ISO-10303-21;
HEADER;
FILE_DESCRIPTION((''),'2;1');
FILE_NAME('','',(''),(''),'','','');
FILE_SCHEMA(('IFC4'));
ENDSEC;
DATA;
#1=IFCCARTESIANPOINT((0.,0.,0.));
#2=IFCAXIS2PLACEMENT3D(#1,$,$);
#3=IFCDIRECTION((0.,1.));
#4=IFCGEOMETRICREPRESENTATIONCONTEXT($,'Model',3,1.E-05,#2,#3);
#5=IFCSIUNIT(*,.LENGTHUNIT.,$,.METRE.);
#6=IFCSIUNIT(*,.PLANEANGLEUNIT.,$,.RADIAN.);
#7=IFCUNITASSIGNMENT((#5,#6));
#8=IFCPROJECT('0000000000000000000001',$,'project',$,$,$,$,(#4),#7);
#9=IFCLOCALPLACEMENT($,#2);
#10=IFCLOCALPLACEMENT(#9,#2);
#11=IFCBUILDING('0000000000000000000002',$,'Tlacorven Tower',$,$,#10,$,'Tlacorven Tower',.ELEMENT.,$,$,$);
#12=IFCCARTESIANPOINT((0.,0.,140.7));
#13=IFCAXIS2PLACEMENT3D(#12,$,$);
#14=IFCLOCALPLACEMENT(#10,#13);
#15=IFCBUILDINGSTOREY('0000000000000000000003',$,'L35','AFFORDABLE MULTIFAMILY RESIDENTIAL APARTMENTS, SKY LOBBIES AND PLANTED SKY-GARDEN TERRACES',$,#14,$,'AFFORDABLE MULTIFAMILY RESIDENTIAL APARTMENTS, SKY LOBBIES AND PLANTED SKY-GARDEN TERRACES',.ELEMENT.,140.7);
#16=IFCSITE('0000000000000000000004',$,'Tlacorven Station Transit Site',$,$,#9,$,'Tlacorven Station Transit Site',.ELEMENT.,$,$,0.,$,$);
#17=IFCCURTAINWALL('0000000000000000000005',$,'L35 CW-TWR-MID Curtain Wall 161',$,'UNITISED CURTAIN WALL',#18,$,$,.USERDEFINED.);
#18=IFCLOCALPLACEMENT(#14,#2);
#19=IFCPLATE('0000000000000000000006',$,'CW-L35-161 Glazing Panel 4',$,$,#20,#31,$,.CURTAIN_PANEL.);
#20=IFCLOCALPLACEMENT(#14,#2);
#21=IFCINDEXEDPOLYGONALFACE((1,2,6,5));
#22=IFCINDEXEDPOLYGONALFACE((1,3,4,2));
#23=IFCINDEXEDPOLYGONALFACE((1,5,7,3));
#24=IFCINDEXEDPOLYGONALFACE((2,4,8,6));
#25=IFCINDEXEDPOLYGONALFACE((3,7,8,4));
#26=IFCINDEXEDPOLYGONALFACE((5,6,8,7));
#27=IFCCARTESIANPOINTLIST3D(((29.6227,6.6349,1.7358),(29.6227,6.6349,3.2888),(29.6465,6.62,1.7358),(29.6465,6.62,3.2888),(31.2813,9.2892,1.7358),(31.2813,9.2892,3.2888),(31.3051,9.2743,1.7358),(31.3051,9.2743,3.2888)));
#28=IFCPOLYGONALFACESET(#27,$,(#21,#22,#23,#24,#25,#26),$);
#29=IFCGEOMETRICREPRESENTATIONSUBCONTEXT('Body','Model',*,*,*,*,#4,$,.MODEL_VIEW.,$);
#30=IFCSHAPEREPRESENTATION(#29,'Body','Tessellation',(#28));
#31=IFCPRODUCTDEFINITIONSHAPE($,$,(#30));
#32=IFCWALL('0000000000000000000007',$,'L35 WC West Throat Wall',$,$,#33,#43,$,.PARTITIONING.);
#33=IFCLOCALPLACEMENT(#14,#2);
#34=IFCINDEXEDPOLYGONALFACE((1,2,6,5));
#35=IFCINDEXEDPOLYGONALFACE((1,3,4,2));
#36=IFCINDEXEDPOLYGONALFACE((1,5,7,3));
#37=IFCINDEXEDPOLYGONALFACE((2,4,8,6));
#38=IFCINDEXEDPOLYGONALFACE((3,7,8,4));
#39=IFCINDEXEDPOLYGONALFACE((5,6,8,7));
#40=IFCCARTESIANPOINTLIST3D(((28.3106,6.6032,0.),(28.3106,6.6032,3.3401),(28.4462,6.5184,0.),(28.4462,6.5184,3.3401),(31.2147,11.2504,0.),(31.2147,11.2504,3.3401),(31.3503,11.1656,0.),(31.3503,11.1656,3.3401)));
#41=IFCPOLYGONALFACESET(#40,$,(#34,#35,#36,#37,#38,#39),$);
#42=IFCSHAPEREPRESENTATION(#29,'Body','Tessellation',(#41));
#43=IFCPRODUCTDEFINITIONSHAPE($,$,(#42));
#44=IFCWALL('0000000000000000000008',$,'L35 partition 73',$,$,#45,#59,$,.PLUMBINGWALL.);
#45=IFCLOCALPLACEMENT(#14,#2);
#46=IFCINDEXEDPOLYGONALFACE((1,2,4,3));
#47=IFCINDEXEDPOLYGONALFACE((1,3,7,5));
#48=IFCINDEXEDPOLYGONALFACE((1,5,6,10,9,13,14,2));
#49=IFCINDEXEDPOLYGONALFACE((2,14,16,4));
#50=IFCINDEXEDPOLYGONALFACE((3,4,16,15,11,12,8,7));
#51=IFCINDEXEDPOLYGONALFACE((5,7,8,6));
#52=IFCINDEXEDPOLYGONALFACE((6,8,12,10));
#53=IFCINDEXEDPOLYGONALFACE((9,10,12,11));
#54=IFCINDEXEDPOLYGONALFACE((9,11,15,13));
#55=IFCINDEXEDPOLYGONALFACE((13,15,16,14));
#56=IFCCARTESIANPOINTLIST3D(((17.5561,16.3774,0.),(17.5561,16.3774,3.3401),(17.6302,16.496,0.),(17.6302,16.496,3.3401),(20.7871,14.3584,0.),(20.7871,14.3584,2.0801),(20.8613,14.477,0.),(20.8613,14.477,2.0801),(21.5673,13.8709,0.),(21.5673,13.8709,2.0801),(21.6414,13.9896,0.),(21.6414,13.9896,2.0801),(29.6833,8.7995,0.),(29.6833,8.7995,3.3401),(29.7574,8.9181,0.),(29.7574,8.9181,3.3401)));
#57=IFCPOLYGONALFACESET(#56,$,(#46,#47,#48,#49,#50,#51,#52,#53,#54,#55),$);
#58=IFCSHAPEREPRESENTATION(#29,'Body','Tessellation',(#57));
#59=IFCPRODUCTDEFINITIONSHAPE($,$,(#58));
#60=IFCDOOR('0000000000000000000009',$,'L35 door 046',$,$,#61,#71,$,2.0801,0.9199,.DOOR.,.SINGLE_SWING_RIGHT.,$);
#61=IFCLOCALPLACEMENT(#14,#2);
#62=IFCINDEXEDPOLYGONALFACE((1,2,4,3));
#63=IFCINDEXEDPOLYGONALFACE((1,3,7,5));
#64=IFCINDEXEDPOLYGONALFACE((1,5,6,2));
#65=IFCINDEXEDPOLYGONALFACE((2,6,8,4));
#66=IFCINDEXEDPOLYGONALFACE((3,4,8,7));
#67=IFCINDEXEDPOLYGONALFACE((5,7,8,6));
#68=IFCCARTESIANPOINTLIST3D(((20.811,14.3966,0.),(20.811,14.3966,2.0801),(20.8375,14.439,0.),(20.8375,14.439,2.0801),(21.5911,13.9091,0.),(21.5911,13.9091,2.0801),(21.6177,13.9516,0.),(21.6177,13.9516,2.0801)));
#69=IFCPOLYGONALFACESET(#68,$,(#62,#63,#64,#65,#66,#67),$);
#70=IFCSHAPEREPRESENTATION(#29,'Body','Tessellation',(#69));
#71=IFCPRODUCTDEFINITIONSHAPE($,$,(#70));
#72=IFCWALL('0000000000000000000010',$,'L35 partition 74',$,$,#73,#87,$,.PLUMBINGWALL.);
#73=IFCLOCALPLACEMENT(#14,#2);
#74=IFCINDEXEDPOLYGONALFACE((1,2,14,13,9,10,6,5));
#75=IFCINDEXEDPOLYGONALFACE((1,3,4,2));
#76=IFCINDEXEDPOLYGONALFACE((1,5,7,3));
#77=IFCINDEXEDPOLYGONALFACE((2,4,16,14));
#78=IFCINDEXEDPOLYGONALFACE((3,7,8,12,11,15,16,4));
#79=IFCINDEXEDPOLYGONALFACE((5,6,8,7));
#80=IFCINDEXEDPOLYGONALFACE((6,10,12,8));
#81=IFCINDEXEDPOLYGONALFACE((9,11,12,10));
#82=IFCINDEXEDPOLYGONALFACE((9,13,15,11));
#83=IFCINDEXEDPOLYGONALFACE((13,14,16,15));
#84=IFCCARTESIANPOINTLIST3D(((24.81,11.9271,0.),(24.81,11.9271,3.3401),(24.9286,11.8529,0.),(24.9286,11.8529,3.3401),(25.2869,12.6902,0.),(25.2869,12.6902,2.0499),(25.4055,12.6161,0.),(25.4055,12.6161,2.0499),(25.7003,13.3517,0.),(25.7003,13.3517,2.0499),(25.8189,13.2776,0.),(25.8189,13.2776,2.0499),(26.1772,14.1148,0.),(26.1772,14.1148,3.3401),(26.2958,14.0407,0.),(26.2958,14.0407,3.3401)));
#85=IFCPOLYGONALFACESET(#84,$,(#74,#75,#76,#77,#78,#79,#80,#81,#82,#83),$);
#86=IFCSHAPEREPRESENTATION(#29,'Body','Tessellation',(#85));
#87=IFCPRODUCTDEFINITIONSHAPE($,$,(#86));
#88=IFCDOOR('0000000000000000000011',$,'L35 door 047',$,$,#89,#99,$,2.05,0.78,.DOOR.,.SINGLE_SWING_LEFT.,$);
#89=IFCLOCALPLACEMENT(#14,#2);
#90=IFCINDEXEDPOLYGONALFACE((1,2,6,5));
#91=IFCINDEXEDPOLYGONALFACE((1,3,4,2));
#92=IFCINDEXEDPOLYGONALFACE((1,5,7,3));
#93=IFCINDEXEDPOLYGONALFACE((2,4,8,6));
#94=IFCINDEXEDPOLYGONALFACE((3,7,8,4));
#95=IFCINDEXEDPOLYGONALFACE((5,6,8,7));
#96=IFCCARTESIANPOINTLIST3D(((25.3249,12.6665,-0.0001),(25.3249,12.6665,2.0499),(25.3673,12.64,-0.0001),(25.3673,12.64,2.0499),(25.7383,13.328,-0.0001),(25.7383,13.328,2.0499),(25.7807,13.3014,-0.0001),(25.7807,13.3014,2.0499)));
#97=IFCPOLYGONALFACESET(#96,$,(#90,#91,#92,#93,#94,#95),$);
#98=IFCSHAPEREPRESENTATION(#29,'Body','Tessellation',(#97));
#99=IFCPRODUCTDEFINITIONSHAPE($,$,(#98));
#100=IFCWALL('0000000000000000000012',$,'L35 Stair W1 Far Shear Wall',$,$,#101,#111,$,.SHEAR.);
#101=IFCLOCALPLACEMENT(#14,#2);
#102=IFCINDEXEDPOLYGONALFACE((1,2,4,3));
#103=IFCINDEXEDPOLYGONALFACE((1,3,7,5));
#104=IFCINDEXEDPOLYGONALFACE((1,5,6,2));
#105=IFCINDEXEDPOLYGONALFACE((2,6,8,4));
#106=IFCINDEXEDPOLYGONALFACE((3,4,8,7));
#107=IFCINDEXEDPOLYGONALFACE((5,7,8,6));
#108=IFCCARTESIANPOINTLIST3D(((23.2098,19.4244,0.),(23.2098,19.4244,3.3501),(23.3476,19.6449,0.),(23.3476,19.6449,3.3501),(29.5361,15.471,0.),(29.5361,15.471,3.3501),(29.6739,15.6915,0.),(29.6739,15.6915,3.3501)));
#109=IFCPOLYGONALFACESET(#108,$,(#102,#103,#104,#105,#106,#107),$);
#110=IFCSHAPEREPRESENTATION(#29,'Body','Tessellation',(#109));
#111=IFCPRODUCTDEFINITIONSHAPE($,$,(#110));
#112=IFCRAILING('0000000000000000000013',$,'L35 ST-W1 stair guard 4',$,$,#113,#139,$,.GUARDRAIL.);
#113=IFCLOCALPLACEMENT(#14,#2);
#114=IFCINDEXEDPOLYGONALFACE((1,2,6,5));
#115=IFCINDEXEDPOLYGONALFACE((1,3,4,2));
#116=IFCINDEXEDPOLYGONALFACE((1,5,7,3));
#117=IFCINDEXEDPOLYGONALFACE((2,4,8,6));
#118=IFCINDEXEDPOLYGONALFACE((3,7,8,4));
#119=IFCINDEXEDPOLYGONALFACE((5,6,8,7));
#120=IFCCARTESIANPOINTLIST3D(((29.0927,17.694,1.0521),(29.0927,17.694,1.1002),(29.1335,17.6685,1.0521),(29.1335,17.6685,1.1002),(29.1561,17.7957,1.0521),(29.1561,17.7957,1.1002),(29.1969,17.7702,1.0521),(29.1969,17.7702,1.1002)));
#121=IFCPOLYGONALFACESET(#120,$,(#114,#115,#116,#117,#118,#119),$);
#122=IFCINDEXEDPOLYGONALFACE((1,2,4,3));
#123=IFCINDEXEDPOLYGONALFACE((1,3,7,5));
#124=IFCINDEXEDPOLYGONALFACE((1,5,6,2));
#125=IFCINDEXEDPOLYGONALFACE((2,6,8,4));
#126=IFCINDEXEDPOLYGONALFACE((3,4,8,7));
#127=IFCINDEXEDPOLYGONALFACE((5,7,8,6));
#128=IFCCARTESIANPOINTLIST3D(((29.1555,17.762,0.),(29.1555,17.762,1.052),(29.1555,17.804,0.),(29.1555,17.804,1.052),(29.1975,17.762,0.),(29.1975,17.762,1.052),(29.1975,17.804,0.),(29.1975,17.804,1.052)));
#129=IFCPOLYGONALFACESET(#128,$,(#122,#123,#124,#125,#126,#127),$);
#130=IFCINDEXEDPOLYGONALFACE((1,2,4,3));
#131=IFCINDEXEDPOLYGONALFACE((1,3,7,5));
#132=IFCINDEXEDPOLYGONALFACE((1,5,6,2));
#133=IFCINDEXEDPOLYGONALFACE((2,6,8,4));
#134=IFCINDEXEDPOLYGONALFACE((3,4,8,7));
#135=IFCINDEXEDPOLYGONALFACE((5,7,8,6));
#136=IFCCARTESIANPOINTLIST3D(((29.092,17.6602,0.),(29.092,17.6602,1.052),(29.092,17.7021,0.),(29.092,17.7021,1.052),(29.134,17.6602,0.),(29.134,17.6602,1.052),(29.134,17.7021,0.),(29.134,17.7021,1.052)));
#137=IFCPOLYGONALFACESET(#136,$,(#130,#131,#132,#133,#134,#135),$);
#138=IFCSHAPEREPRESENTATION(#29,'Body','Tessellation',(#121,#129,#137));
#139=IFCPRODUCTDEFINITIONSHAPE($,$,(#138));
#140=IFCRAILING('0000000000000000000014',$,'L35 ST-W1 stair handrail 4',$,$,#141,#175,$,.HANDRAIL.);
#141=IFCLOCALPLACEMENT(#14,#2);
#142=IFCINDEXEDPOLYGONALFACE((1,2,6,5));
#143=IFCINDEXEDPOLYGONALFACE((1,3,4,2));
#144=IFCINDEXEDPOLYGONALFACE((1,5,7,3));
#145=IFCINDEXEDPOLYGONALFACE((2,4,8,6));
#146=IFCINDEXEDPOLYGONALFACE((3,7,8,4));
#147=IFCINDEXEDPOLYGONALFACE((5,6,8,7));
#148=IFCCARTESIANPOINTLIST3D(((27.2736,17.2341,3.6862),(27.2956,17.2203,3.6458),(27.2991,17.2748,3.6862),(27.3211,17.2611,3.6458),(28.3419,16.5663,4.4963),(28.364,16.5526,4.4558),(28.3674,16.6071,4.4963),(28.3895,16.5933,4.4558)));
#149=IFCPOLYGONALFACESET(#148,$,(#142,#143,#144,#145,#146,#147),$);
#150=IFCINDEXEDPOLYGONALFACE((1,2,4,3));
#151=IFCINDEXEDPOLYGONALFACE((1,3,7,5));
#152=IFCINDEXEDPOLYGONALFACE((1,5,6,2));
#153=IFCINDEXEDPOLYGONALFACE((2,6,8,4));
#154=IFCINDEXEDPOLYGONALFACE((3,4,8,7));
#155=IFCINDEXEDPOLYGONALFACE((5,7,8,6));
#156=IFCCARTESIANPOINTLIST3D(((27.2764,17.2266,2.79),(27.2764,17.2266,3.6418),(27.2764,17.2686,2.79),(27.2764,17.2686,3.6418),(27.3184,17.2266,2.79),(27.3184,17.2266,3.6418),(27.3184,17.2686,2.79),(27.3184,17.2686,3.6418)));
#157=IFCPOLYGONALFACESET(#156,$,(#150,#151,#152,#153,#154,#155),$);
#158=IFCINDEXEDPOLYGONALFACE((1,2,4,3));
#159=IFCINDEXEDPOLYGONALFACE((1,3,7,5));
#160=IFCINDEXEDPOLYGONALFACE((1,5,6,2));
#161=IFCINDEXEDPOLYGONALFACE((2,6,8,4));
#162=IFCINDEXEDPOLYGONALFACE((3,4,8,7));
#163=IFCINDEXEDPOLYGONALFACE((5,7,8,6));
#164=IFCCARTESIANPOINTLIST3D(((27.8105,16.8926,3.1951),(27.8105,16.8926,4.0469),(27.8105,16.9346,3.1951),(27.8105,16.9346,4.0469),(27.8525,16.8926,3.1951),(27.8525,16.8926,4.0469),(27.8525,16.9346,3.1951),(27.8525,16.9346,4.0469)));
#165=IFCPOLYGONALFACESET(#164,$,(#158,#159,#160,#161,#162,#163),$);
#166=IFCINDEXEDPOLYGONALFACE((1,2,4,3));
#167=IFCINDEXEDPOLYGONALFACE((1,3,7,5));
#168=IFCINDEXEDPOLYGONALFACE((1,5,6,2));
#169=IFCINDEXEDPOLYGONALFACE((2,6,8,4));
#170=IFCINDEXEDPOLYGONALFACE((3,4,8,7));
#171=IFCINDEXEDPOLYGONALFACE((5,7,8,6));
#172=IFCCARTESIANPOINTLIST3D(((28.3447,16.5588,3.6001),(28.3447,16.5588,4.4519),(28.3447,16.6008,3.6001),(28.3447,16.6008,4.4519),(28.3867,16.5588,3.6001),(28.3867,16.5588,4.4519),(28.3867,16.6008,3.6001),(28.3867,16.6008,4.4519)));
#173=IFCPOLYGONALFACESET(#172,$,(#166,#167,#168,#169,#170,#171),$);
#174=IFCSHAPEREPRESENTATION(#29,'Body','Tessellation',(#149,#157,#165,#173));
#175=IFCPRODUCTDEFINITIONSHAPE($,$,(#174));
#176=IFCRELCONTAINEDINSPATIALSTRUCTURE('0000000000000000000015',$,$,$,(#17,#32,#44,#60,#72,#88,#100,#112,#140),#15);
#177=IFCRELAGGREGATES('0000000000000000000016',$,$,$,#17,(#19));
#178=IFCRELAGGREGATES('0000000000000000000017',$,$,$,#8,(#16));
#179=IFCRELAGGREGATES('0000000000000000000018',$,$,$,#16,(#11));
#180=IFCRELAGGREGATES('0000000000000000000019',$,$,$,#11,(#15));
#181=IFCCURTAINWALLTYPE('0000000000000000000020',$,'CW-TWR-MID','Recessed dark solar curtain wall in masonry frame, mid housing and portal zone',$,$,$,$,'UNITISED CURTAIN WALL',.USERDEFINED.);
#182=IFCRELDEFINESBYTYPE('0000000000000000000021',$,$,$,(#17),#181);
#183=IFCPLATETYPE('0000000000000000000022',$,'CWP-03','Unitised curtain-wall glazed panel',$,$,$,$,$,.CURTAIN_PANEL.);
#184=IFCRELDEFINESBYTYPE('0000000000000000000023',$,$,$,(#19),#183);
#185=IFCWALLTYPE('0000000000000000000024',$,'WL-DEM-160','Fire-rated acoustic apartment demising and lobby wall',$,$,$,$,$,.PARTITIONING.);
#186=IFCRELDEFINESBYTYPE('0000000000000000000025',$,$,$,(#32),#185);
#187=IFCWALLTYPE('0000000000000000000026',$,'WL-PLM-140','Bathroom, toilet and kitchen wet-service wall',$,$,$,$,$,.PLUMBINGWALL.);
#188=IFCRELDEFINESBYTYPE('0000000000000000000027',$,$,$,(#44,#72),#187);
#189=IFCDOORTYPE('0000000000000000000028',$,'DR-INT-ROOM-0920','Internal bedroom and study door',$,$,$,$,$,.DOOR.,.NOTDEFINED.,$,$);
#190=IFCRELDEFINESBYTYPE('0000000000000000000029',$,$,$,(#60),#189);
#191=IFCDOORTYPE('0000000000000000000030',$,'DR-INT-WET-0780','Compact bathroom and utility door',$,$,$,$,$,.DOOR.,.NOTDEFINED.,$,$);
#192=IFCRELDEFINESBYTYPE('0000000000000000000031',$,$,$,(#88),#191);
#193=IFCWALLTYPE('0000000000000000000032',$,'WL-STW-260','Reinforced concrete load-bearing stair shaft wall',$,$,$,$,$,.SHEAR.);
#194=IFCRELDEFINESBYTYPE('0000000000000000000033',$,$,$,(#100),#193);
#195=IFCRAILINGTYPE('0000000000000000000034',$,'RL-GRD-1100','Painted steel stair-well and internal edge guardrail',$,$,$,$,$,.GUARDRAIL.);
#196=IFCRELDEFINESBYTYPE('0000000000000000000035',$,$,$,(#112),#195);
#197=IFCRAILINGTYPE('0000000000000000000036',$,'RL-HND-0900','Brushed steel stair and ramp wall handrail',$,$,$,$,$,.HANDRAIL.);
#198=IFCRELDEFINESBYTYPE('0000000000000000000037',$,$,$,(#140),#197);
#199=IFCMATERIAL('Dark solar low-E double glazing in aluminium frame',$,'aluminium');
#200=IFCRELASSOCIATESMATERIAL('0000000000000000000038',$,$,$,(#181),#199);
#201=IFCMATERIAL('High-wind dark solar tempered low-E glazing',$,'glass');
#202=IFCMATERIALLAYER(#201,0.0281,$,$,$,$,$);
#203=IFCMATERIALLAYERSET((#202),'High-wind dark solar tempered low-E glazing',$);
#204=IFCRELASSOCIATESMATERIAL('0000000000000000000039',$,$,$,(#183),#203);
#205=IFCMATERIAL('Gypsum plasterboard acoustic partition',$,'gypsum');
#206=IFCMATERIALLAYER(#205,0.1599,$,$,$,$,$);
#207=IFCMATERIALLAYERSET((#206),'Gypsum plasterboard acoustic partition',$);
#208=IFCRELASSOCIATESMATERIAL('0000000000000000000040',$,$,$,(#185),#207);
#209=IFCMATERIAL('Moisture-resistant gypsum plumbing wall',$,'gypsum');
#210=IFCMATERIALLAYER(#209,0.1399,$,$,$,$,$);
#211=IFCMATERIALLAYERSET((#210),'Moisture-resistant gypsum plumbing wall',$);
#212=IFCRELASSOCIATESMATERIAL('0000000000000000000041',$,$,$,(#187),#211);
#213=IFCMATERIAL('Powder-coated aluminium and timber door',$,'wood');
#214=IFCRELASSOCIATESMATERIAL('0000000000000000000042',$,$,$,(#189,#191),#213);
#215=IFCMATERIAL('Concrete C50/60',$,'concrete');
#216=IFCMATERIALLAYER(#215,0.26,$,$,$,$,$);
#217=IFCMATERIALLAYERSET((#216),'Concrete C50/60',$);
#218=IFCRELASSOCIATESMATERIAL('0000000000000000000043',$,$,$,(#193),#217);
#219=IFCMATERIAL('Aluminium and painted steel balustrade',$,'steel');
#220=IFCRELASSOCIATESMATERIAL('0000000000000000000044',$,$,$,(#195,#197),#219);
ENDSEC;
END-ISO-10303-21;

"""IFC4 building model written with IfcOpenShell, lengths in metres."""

from ifc_helpers import new_model, si_unit, direction, frame, frame_2d, origin, origin_2d, place, context, subcontext, project, spatial, rectangle, extrude, source, transform, mapped, material, layer, layer_set, type_object, element, fill, aggregate, save


model = new_model("IFC4")

# Units and contexts
model_context = context("Model", 3, precision=1e-05, world=origin(), true_north=direction((0.0, 1.0)))
body_context = subcontext(model_context, "Body", "Model", "MODEL_VIEW")
ifc_project = project(units=[si_unit("LENGTHUNIT", "METRE"), si_unit("PLANEANGLEUNIT", "RADIAN")], contexts=[model_context])

# Site, building, storey
site_placement = place(None, origin())
site = spatial("IfcSite", under=ifc_project, at=site_placement, Name="Tlacorven Station Transit Site", LongName="Tlacorven Station Transit Site", CompositionType="ELEMENT", RefElevation=0.0)
building_placement = place(site_placement, origin())
building = spatial("IfcBuilding", under=site, at=building_placement, Name="Tlacorven Tower", LongName="Tlacorven Tower", CompositionType="ELEMENT")
storey_placement = place(building_placement, frame((0.0, 0.0, 140.7)))
storey = spatial("IfcBuildingStorey", under=building, at=storey_placement, Name="L35", Description="AFFORDABLE MULTIFAMILY RESIDENTIAL APARTMENTS, SKY LOBBIES AND PLANTED SKY-GARDEN TERRACES", LongName="AFFORDABLE MULTIFAMILY RESIDENTIAL APARTMENTS, SKY LOBBIES AND PLANTED SKY-GARDEN TERRACES", CompositionType="ELEMENT", Elevation=140.7)

# Curtain wall, plate
ifc_material_1 = material(Name="Dark solar low-E double glazing in aluminium frame", Category="aluminium")
curtain_wall_type = type_object("IfcCurtainWallType", Name="CW-TWR-MID", Description="Recessed dark solar curtain wall in masonry frame, mid housing and portal zone", ElementType="UNITISED CURTAIN WALL", PredefinedType="USERDEFINED", material=ifc_material_1)
curtain_wall_placement = place(storey_placement, origin())
curtain_wall = element("IfcCurtainWall", 1, at=curtain_wall_placement, inside=storey, type_object=curtain_wall_type, Name="L35 CW-TWR-MID Curtain Wall 161", ObjectType="UNITISED CURTAIN WALL", PredefinedType="USERDEFINED")
ifc_material_2 = material(Name="High-wind dark solar tempered low-E glazing", Category="glass")
ifc_layer_1 = layer(ifc_material_2, 0.0281)
ifc_layer_set_1 = layer_set([ifc_layer_1], Name="High-wind dark solar tempered low-E glazing")
plate_type = type_object("IfcPlateType", Name="CWP-03", Description="Unitised curtain-wall glazed panel", PredefinedType="CURTAIN_PANEL", material=ifc_layer_set_1)
shared_shape_1 = source(origin(), body_context, "Body", "SweptSolid", [
    extrude(rectangle(XDim=3.1299, YDim=0.0281, at=origin_2d()), origin(), (0.0, 0.0, 1.0), 1.553),
])
plate_1_placement = place(storey_placement, frame((30.4639, 7.9546, 1.7358), z_axis=(0.0, 0.0, 1.0), x_axis=(-0.529919, -0.848048, 0.0)))
plate_1 = element("IfcPlate", 2, at=plate_1_placement, type_object=plate_type, Name="CW-L35-161 Glazing Panel 4", PredefinedType="CURTAIN_PANEL", context=body_context, shape_type="MappedRepresentation", body=[
    mapped(shared_shape_1, transform((0.0, 0.0, 0.0), scale=1.0)),
])
aggregate(curtain_wall, [plate_1])

# Wall
ifc_material_3 = material(Name="Gypsum plasterboard acoustic partition", Category="gypsum")
ifc_layer_2 = layer(ifc_material_3, 0.1599)
ifc_layer_set_2 = layer_set([ifc_layer_2], Name="Gypsum plasterboard acoustic partition")
wall_type_1 = type_object("IfcWallType", Name="WL-DEM-160", Description="Fire-rated acoustic apartment demising and lobby wall", PredefinedType="PARTITIONING", material=ifc_layer_set_2)
wall_1_placement = place(storey_placement, frame((31.2825, 11.208, 0.0), z_axis=(0.0, 0.0, 1.0), x_axis=(-0.529939, -0.848036, 0.0)))
element("IfcWall", 3, at=wall_1_placement, inside=storey, type_object=wall_type_1, Name="L35 WC West Throat Wall", PredefinedType="PARTITIONING", context=body_context, shape_type="SweptSolid", body=[
    extrude(rectangle(XDim=5.48, YDim=0.1599, at=frame_2d((2.74, 0.0))), origin(), (0.0, 0.0, 1.0), 3.3401),
])

# Shared definitions
ifc_material_4 = material(Name="Powder-coated aluminium and timber door", Category="wood")

# Walls, openings, doors
ifc_material_5 = material(Name="Moisture-resistant gypsum plumbing wall", Category="gypsum")
ifc_layer_3 = layer(ifc_material_5, 0.1399)
ifc_layer_set_3 = layer_set([ifc_layer_3], Name="Moisture-resistant gypsum plumbing wall")
wall_type_2 = type_object("IfcWallType", Name="WL-PLM-140", Description="Bathroom, toilet and kitchen wet-service wall", PredefinedType="PLUMBINGWALL", material=ifc_layer_set_3)
wall_2_placement = place(storey_placement, frame((29.7202, 8.8589, 0.0), z_axis=(0.0, 0.0, 1.0), x_axis=(-0.848049, 0.529918, 0.0)))
wall_2 = element("IfcWall", 4, at=wall_2_placement, inside=storey, type_object=wall_type_2, Name="L35 partition 73", PredefinedType="PLUMBINGWALL", context=body_context, shape_type="SweptSolid", body=[
    extrude(rectangle(XDim=14.3, YDim=0.1399, at=frame_2d((7.1499, 0.0))), origin(), (0.0, 0.0, 1.0), 3.3401),
])
opening_1_placement = place(wall_2_placement, frame((9.5701, 0.0, 0.0)))
opening_1 = element("IfcOpeningElement", 5, at=opening_1_placement, cuts=wall_2, PredefinedType="OPENING", context=body_context, shape_type="SweptSolid", body=[
    extrude(rectangle(XDim=0.9199, YDim=2.0801, at=frame_2d((0.46, 1.04))), frame((0.0, 0.0801, 0.0), z_axis=(0.0, -1.0, 0.0), x_axis=(1.0, 0.0, 0.0)), (0.0, 0.0, 1.0), 0.1599),
])
door_type_1 = type_object("IfcDoorType", Name="DR-INT-ROOM-0920", Description="Internal bedroom and study door", OperationType="NOTDEFINED", PredefinedType="DOOR", material=ifc_material_4)
shared_shape_2 = source(origin(), body_context, "Body", "SweptSolid", [
    extrude(rectangle(XDim=0.9199, YDim=2.0801, at=frame_2d((0.46, 1.04))), frame((0.0, 0.0249, 0.0), z_axis=(0.0, -1.0, 0.0), x_axis=(1.0, 0.0, 0.0)), (0.0, 0.0, 1.0), 0.05),
])
door_1_placement = place(opening_1_placement, origin())
door_1 = element("IfcDoor", 6, at=door_1_placement, inside=storey, type_object=door_type_1, Name="L35 door 046", OperationType="SINGLE_SWING_RIGHT", OverallHeight=2.0801, OverallWidth=0.9199, PredefinedType="DOOR", context=body_context, shape_type="MappedRepresentation", body=[
    mapped(shared_shape_2, transform((0.0, 0.0, 0.0), scale=1.0)),
])
fill(opening_1, door_1)
wall_3_placement = place(storey_placement, frame((26.2366, 14.0779, 0.0), z_axis=(0.0, 0.0, 1.0), x_axis=(-0.529956, -0.848025, 0.0)))
wall_3 = element("IfcWall", 7, at=wall_3_placement, inside=storey, type_object=wall_type_2, Name="L35 partition 74", PredefinedType="PLUMBINGWALL", context=body_context, shape_type="SweptSolid", body=[
    extrude(rectangle(XDim=2.5798, YDim=0.1399, at=frame_2d((1.29, 0.0))), origin(), (0.0, 0.0, 1.0), 3.3401),
])
opening_2_placement = place(wall_3_placement, frame((0.8999, 0.0, 0.0)))
opening_2 = element("IfcOpeningElement", 8, at=opening_2_placement, cuts=wall_3, PredefinedType="OPENING", context=body_context, shape_type="SweptSolid", body=[
    extrude(rectangle(XDim=0.78, YDim=2.05, at=frame_2d((0.3901, 1.0249))), frame((0.0, 0.0801, 0.0), z_axis=(0.0, -1.0, 0.0), x_axis=(1.0, 0.0, 0.0)), (0.0, 0.0, 1.0), 0.1599),
])
door_type_2 = type_object("IfcDoorType", Name="DR-INT-WET-0780", Description="Compact bathroom and utility door", OperationType="NOTDEFINED", PredefinedType="DOOR", material=ifc_material_4)
shared_shape_3 = source(origin(), body_context, "Body", "SweptSolid", [
    extrude(rectangle(XDim=0.78, YDim=2.05, at=frame_2d((0.3901, 1.0249))), frame((0.0, 0.0249, 0.0), z_axis=(0.0, -1.0, 0.0), x_axis=(1.0, 0.0, 0.0)), (0.0, 0.0, 1.0), 0.05),
])
door_2_placement = place(opening_2_placement, origin())
door_2 = element("IfcDoor", 9, at=door_2_placement, inside=storey, type_object=door_type_2, Name="L35 door 047", OperationType="SINGLE_SWING_LEFT", OverallHeight=2.05, OverallWidth=0.78, PredefinedType="DOOR", context=body_context, shape_type="MappedRepresentation", body=[
    mapped(shared_shape_3, transform((0.0, 0.0, 0.0), scale=1.0)),
])
fill(opening_2, door_2)

# Wall
ifc_material_6 = material(Name="Concrete C50/60", Category="concrete")
ifc_layer_4 = layer(ifc_material_6, 0.26)
ifc_layer_set_4 = layer_set([ifc_layer_4], Name="Concrete C50/60")
wall_type_3 = type_object("IfcWallType", Name="WL-STW-260", Description="Reinforced concrete load-bearing stair shaft wall", PredefinedType="SHEAR", material=ifc_layer_set_4)
wall_4_placement = place(storey_placement, frame((29.605, 15.5813, 0.0), z_axis=(0.0, 0.0, 1.0), x_axis=(-0.848037, 0.529937, 0.0)))
element("IfcWall", 10, at=wall_4_placement, inside=storey, type_object=wall_type_3, Name="L35 Stair W1 Far Shear Wall", PredefinedType="SHEAR", context=body_context, shape_type="SweptSolid", body=[
    extrude(rectangle(XDim=7.46, YDim=0.26, at=frame_2d((3.73, 0.0))), origin(), (0.0, 0.0, 1.0), 3.3501),
])

# Railings
ifc_material_7 = material(Name="Aluminium and painted steel balustrade", Category="steel")
railing_type_1 = type_object("IfcRailingType", Name="RL-GRD-1100", Description="Painted steel stair-well and internal edge guardrail", PredefinedType="GUARDRAIL", material=ifc_material_7)
shared_shape_4 = source(origin(), body_context, "Body", "SweptSolid", [
    extrude(rectangle(XDim=0.0481, YDim=0.0481, at=origin_2d()), frame((0.0, 0.0, 1.0762), z_axis=(-0.529084, -0.848569, 0.0), x_axis=(0.848569, -0.529084, 0.0)), (0.0, 0.0, 1.0), 0.1199),
    extrude(rectangle(XDim=0.042, YDim=0.042, at=origin_2d()), origin(), (0.0, 0.0, 1.0), 1.052),
    extrude(rectangle(XDim=0.042, YDim=0.042, at=origin_2d()), frame((-0.0635, -0.1018, 0.0)), (0.0, 0.0, 1.0), 1.052),
])
railing_1_placement = place(storey_placement, frame((29.1765, 17.783, 0.0)))
element("IfcRailing", 11, at=railing_1_placement, inside=storey, type_object=railing_type_1, Name="L35 ST-W1 stair guard 4", PredefinedType="GUARDRAIL", context=body_context, shape_type="MappedRepresentation", body=[
    mapped(shared_shape_4, transform((0.0, 0.0, 0.0), scale=1.0)),
])
railing_type_2 = type_object("IfcRailingType", Name="RL-HND-0900", Description="Brushed steel stair and ramp wall handrail", PredefinedType="HANDRAIL", material=ifc_material_7)
shared_shape_5 = source(origin(), body_context, "Body", "SweptSolid", [
    extrude(rectangle(XDim=0.0481, YDim=0.0481, at=origin_2d()), frame((0.0, 0.0, 0.876), z_axis=(0.71328, -0.4458, 0.540828), x_axis=(0.529999, 0.847998, 0.0)), (0.0, 0.0, 1.0), 1.4978),
    extrude(rectangle(XDim=0.042, YDim=0.042, at=origin_2d()), origin(), (0.0, 0.0, 1.0), 0.8518),
    extrude(rectangle(XDim=0.042, YDim=0.042, at=origin_2d()), frame((0.5342, -0.334, 0.405)), (0.0, 0.0, 1.0), 0.8518),
    extrude(rectangle(XDim=0.042, YDim=0.042, at=origin_2d()), frame((1.0684, -0.6677, 0.8101)), (0.0, 0.0, 1.0), 0.8518),
])
railing_2_placement = place(storey_placement, frame((27.2974, 17.2476, 2.79)))
element("IfcRailing", 12, at=railing_2_placement, inside=storey, type_object=railing_type_2, Name="L35 ST-W1 stair handrail 4", PredefinedType="HANDRAIL", context=body_context, shape_type="MappedRepresentation", body=[
    mapped(shared_shape_5, transform((0.0, 0.0, 0.0), scale=1.0)),
])

save(model, "model.ifc")
